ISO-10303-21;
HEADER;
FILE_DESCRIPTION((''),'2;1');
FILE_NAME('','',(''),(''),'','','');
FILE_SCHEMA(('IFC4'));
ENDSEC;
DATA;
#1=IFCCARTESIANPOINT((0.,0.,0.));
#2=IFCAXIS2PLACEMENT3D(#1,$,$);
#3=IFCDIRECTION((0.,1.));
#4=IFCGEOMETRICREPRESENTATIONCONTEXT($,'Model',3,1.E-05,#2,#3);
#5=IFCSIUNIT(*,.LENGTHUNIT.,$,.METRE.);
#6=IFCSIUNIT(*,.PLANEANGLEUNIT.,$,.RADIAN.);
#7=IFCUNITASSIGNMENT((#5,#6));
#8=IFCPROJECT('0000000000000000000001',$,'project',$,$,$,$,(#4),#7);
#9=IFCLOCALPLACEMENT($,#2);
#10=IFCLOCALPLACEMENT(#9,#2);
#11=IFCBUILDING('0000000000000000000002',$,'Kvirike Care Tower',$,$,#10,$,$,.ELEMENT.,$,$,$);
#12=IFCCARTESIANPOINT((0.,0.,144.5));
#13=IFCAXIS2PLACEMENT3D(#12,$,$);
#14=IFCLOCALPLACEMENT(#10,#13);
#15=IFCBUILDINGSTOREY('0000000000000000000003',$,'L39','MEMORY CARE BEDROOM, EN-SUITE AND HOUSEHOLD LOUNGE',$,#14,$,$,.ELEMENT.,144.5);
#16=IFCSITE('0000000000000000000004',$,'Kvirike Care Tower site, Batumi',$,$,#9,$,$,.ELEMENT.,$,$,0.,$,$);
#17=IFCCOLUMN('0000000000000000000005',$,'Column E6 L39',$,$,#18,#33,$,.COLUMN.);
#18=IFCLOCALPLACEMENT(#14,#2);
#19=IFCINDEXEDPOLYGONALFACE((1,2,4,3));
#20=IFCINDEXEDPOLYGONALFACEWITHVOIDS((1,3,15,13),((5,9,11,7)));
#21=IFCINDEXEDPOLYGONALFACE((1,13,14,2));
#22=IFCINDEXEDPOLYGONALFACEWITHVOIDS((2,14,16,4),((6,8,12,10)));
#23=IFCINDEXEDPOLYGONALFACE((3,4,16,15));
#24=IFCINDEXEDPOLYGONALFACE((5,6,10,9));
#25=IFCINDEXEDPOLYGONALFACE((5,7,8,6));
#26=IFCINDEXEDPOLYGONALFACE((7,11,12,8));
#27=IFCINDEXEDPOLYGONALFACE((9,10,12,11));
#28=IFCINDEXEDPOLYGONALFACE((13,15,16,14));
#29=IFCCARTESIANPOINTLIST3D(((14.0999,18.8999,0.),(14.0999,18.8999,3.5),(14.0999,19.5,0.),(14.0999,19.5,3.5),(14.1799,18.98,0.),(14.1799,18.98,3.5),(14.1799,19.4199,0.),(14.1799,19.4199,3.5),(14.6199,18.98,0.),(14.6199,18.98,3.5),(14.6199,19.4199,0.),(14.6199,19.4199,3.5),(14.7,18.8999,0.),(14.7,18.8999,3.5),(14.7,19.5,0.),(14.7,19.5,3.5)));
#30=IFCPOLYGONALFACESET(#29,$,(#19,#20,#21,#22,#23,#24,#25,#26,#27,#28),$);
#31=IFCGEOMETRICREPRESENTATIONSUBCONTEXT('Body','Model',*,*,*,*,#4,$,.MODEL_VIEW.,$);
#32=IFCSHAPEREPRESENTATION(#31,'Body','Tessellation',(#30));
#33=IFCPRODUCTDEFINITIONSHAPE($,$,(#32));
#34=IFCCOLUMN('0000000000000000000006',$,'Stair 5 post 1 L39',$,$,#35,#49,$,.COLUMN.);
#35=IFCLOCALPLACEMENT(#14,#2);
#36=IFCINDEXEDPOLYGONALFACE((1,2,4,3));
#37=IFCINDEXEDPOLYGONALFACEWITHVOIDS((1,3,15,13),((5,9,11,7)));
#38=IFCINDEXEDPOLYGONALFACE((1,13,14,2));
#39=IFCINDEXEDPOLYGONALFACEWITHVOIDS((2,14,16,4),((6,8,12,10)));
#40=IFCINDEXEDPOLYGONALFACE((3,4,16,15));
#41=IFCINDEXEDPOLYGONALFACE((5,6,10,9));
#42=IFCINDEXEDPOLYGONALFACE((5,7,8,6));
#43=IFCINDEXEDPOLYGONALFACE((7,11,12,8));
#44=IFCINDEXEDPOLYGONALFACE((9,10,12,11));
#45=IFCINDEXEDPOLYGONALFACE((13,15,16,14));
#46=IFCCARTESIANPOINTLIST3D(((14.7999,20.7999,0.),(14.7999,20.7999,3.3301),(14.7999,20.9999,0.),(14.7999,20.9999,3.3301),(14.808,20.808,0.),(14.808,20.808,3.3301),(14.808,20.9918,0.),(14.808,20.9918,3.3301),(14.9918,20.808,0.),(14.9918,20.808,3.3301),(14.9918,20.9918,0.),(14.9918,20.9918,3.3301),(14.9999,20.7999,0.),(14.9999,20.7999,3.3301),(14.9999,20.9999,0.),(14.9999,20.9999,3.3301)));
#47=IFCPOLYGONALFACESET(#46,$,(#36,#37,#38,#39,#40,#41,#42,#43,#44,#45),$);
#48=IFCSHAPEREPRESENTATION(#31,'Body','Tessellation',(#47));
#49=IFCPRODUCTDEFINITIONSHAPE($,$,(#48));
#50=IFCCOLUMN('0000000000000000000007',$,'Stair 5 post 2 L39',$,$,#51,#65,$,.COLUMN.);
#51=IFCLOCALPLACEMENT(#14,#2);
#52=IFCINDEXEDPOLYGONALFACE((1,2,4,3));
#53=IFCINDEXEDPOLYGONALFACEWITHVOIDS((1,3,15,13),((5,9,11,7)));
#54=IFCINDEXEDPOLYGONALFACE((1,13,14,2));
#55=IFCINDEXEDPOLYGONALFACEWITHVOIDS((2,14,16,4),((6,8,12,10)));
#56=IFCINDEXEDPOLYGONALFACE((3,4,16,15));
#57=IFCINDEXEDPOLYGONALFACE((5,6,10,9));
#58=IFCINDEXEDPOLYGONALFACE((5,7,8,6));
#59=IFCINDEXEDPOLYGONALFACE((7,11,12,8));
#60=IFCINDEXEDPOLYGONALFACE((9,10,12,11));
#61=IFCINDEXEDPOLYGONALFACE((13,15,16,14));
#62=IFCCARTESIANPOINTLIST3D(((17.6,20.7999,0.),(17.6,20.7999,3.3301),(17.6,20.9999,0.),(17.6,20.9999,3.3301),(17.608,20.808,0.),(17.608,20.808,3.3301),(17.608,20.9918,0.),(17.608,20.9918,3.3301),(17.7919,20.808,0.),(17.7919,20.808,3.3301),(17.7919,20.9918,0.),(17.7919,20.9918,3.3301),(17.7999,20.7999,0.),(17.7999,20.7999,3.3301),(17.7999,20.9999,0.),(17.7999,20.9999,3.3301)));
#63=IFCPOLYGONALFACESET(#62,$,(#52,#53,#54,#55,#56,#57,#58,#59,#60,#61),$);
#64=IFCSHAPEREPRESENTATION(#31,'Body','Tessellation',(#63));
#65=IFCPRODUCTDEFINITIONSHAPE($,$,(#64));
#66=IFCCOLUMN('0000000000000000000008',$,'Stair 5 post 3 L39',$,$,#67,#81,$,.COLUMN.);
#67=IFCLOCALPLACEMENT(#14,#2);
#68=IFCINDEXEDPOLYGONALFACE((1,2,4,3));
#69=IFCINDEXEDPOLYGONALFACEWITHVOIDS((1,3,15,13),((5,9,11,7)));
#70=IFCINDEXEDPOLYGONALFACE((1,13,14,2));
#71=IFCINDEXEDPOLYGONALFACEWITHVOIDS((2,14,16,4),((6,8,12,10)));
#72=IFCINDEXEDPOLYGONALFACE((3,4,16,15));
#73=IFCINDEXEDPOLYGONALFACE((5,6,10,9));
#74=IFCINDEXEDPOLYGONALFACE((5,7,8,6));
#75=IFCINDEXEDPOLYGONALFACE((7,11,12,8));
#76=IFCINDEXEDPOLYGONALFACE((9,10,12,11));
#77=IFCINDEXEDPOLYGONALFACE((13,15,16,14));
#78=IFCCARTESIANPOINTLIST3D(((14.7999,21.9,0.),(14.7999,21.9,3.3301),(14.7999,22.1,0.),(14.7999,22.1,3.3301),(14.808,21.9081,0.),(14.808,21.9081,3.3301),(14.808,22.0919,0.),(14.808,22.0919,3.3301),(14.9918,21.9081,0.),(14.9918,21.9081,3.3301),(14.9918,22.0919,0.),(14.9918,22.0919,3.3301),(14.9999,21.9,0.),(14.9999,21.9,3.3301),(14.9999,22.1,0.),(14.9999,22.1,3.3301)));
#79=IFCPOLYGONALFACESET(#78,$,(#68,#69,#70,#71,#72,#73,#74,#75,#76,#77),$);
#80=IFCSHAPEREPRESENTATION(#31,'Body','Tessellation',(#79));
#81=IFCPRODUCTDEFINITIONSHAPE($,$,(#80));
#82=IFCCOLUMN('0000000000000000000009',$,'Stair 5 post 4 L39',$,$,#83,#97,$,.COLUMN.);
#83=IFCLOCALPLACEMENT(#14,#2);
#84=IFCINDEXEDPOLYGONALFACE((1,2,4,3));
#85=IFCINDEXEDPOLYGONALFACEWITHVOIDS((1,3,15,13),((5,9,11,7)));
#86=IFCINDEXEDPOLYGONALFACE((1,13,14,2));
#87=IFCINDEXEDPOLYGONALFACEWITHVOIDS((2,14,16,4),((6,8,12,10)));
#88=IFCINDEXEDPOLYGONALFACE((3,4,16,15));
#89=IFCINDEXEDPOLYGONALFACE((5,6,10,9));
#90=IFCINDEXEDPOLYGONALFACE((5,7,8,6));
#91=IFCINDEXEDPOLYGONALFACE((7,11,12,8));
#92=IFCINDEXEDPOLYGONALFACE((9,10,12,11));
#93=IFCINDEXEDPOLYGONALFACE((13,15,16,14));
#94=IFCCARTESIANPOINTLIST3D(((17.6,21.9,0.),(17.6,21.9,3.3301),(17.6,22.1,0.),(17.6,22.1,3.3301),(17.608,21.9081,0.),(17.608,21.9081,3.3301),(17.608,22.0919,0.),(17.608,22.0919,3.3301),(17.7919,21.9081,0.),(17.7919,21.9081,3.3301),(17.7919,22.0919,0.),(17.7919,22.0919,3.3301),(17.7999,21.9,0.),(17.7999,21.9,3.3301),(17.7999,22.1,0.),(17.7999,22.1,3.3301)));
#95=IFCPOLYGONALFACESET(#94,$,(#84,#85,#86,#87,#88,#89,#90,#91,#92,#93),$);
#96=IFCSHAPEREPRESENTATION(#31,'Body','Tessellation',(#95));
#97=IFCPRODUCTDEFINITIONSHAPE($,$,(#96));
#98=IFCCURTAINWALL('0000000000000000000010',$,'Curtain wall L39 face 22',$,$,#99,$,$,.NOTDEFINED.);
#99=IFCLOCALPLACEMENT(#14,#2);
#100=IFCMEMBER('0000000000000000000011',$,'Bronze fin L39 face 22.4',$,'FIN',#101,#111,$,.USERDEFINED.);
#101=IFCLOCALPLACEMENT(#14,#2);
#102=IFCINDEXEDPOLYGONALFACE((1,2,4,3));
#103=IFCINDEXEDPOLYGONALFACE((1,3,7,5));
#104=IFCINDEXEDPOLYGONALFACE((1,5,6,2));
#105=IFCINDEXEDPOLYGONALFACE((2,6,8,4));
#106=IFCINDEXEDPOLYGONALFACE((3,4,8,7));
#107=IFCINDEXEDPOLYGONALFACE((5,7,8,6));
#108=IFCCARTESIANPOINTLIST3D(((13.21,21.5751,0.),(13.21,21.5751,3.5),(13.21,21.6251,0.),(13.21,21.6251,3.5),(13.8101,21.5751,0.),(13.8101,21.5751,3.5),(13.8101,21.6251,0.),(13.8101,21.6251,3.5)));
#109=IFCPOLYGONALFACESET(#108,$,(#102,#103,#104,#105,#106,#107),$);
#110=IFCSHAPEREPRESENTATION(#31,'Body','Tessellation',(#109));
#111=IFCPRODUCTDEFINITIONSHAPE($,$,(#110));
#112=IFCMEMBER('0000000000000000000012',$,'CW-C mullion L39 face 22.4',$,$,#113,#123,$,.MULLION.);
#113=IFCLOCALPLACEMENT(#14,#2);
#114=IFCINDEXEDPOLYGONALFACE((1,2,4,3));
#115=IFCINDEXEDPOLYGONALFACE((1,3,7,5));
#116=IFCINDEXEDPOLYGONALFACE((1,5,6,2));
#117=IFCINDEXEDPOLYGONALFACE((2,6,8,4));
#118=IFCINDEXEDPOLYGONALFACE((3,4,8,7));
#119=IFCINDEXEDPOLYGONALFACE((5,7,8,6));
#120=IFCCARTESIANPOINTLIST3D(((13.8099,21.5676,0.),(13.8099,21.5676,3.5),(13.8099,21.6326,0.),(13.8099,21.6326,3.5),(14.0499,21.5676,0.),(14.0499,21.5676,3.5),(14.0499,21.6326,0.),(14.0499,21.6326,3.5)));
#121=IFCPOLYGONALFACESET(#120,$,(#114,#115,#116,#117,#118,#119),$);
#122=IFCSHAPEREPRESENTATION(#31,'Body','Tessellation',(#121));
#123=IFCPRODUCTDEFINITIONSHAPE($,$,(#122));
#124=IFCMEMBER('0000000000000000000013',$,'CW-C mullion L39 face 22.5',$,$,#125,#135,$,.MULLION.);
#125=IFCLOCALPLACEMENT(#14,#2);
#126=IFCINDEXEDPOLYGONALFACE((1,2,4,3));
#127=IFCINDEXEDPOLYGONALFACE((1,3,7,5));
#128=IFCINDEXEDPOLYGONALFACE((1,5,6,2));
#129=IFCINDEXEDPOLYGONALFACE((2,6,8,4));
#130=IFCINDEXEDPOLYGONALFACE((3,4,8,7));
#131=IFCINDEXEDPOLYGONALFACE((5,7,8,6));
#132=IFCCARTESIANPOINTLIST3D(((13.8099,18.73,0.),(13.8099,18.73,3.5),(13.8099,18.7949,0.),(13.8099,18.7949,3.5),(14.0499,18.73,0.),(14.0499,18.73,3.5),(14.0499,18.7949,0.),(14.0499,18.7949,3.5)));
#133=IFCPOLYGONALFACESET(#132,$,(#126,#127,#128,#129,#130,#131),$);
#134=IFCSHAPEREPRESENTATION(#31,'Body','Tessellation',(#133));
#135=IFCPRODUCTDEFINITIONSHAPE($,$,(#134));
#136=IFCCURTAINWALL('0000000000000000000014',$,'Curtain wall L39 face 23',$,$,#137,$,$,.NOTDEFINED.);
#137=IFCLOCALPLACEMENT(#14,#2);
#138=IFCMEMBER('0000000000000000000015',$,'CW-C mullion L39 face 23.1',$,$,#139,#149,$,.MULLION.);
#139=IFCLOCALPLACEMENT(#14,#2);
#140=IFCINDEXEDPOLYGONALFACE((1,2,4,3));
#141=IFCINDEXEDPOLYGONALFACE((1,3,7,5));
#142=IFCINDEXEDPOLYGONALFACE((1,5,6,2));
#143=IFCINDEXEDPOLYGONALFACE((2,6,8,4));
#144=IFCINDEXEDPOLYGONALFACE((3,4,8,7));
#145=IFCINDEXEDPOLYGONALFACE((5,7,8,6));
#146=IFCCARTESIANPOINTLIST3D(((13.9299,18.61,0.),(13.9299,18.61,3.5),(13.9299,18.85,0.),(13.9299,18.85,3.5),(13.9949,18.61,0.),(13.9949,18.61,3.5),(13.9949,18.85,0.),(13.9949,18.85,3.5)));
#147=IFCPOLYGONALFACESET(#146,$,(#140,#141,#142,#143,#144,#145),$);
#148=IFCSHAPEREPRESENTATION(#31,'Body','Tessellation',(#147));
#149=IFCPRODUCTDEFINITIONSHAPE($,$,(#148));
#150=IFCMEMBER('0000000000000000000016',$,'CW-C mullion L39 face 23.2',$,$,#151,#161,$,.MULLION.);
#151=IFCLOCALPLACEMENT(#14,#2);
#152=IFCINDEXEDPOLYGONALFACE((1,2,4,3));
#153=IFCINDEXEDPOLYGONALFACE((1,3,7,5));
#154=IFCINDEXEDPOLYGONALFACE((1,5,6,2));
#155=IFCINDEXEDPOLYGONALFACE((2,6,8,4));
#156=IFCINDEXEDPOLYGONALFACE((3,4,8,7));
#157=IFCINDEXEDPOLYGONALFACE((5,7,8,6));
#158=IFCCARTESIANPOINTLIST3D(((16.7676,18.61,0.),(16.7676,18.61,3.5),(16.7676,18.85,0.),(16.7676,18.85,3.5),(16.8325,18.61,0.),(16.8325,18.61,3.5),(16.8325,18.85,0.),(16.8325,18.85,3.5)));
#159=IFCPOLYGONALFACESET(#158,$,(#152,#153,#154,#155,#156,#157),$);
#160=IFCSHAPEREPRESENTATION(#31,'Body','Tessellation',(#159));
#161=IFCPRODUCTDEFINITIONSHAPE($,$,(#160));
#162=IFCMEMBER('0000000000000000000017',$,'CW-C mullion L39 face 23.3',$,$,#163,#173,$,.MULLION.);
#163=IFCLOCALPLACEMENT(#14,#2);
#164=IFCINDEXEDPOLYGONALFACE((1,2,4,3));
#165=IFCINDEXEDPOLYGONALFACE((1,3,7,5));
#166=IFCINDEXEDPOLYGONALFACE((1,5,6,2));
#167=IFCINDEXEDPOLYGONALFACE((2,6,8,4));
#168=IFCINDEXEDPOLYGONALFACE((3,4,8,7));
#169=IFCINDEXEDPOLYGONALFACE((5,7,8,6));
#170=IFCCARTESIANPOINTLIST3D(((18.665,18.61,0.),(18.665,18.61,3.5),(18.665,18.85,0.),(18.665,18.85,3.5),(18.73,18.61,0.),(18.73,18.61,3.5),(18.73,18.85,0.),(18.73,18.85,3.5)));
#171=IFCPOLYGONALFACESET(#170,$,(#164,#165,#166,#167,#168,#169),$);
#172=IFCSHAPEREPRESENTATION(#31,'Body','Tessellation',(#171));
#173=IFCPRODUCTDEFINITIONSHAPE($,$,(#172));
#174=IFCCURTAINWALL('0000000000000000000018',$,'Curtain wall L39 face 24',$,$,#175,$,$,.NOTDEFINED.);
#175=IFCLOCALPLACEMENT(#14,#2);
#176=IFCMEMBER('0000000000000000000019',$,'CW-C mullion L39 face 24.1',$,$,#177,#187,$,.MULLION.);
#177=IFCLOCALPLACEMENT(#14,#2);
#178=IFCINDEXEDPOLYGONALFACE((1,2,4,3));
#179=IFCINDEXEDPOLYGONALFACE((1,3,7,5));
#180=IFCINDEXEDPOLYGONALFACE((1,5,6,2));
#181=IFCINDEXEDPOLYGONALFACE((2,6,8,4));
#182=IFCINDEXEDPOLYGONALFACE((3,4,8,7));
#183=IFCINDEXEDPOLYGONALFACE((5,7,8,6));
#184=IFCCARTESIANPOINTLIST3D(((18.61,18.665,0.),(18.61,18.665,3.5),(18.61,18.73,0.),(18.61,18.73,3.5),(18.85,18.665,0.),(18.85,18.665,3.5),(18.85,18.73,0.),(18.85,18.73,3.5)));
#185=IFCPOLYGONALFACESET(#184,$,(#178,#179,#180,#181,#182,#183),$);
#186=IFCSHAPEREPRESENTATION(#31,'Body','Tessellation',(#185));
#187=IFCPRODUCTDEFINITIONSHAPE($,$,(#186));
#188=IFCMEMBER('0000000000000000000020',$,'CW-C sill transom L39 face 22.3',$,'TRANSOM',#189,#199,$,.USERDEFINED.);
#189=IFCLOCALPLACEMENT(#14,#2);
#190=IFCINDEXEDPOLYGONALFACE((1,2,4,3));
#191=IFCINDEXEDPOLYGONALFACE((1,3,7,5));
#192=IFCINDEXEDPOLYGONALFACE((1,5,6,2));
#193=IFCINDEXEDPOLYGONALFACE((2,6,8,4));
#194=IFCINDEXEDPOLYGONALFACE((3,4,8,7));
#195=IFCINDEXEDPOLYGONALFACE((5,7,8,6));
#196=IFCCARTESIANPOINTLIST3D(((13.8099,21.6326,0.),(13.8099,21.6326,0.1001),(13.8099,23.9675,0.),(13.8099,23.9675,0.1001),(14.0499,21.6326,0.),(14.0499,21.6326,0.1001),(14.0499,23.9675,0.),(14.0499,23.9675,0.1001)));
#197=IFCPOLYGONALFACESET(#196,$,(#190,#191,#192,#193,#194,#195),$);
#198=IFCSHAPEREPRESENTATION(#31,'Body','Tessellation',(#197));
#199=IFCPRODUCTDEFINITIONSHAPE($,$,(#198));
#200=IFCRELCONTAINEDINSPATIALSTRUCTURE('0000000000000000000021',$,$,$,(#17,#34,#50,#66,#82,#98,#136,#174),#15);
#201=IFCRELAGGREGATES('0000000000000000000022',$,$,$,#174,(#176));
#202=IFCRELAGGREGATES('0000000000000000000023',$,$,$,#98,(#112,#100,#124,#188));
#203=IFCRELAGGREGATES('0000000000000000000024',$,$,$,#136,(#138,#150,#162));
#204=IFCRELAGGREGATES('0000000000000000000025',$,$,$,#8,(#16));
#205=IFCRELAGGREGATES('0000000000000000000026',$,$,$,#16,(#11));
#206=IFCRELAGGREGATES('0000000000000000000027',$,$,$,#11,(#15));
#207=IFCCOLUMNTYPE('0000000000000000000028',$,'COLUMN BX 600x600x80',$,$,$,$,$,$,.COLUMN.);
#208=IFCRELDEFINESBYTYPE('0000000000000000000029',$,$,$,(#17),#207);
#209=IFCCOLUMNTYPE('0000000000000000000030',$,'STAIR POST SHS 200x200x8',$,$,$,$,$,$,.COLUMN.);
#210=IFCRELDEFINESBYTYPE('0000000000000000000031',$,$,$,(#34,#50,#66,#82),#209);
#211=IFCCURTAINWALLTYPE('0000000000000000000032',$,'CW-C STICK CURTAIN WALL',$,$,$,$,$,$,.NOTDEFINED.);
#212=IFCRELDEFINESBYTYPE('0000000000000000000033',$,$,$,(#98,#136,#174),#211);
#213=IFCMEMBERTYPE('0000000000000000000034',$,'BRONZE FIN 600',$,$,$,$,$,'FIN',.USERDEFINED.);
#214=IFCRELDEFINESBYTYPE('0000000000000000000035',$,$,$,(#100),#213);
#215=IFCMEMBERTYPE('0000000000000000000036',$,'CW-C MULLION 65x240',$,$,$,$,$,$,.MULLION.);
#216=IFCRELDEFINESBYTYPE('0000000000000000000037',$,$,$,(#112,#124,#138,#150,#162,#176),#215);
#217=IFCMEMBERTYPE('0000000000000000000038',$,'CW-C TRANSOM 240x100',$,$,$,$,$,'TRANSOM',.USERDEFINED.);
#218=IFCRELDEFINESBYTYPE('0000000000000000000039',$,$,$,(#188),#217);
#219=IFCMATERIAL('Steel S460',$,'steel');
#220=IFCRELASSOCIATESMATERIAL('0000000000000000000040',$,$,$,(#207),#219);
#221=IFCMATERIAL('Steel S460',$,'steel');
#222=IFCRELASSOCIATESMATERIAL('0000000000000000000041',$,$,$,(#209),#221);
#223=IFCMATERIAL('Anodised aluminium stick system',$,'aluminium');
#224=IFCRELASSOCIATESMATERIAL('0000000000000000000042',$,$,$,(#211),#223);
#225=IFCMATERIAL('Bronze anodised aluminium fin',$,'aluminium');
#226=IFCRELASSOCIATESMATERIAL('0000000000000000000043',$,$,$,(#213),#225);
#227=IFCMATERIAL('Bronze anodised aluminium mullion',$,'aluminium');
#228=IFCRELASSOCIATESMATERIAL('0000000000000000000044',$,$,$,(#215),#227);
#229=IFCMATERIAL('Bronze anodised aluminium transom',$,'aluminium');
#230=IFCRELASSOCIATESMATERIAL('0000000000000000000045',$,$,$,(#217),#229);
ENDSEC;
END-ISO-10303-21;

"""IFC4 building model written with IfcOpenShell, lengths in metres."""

from ifc_helpers import new_model, si_unit, direction, frame, origin, origin_2d, place, context, subcontext, project, spatial, rectangle, hollow_rectangle, extrude, material, material_profile, profile_set, type_object, element, aggregate, save


model = new_model("IFC4")

# Units and contexts
model_context = context("Model", 3, precision=1e-05, world=origin(), true_north=direction((0.0, 1.0)))
body_context = subcontext(model_context, "Body", "Model", "MODEL_VIEW")
ifc_project = project(units=[si_unit("LENGTHUNIT", "METRE"), si_unit("PLANEANGLEUNIT", "RADIAN")], contexts=[model_context])

# Site, building, storey
site_placement = place(None, origin())
site = spatial("IfcSite", under=ifc_project, at=site_placement, Name="Kvirike Care Tower site, Batumi", CompositionType="ELEMENT", RefElevation=0.0)
building_placement = place(site_placement, origin())
building = spatial("IfcBuilding", under=site, at=building_placement, Name="Kvirike Care Tower", CompositionType="ELEMENT")
storey_placement = place(building_placement, frame((0.0, 0.0, 144.5)))
storey = spatial("IfcBuildingStorey", under=building, at=storey_placement, Name="L39", Description="MEMORY CARE BEDROOM, EN-SUITE AND HOUSEHOLD LOUNGE", CompositionType="ELEMENT", Elevation=144.5)

# Columns
ifc_material_1 = material(Name="Steel S460", Category="steel")
ifc_material_profile_1 = material_profile(ifc_material_1, hollow_rectangle(XDim=0.6001, YDim=0.6001, WallThickness=0.0801, at=origin_2d()), Name="BX 600x600x80")
ifc_profile_set_1 = profile_set([ifc_material_profile_1], Name="Steel S460")
column_type_1 = type_object("IfcColumnType", Name="COLUMN BX 600x600x80", PredefinedType="COLUMN", material=ifc_profile_set_1)
column_placement = place(storey_placement, frame((14.3999, 19.2, 0.0), z_axis=(0.0, 0.0, 1.0), x_axis=(0.0, 1.0, 0.0)))
element("IfcColumn", 1, at=column_placement, inside=storey, type_object=column_type_1, Name="Column E6 L39", PredefinedType="COLUMN", context=body_context, shape_type="SweptSolid", body=[
    extrude(hollow_rectangle(XDim=0.6001, YDim=0.6001, WallThickness=0.0801, at=origin_2d()), origin(), (0.0, 0.0, 1.0), 3.5),
])
ifc_material_2 = material(Name="Steel S460", Category="steel")
ifc_material_profile_2 = material_profile(ifc_material_2, hollow_rectangle(XDim=0.2, YDim=0.2, WallThickness=0.0081, at=origin_2d()), Name="SHS 200x200x8")
ifc_profile_set_2 = profile_set([ifc_material_profile_2], Name="Steel S460")
column_type_2 = type_object("IfcColumnType", Name="STAIR POST SHS 200x200x8", PredefinedType="COLUMN", material=ifc_profile_set_2)
for number, where, z_axis, x_axis, name in (
    (2, (14.8999, 20.8999, 0.0), (0.0, 0.0, 1.0), (1.0, 0.0, 0.0), "Stair 5 post 1 L39"),
    (3, (17.7, 20.8999, 0.0), (0.0, 0.0, 1.0), (1.0, 0.0, 0.0), "Stair 5 post 2 L39"),
    (4, (14.8999, 22.0, 0.0), (0.0, 0.0, 1.0), (1.0, 0.0, 0.0), "Stair 5 post 3 L39"),
    (5, (17.7, 22.0, 0.0), (0.0, 0.0, 1.0), (1.0, 0.0, 0.0), "Stair 5 post 4 L39"),
):
    element("IfcColumn", number, at=place(storey_placement, frame(where, z_axis=z_axis, x_axis=x_axis)), inside=storey, type_object=column_type_2, Name=name, PredefinedType="COLUMN", context=body_context, shape_type="SweptSolid", body=[
        extrude(hollow_rectangle(XDim=0.2, YDim=0.2, WallThickness=0.0081, at=origin_2d()), origin(), (0.0, 0.0, 1.0), 3.3301),
    ])

# Curtain walls, members
ifc_material_3 = material(Name="Anodised aluminium stick system", Category="aluminium")
curtain_wall_type = type_object("IfcCurtainWallType", Name="CW-C STICK CURTAIN WALL", PredefinedType="NOTDEFINED", material=ifc_material_3)
curtain_wall_1_placement = place(storey_placement, origin())
curtain_wall_1 = element("IfcCurtainWall", 6, at=curtain_wall_1_placement, inside=storey, type_object=curtain_wall_type, Name="Curtain wall L39 face 22", PredefinedType="NOTDEFINED")
ifc_material_4 = material(Name="Bronze anodised aluminium fin", Category="aluminium")
ifc_material_profile_3 = material_profile(ifc_material_4, rectangle(XDim=0.05, YDim=0.6001, at=origin_2d()), Name="BRONZE FIN 600")
ifc_profile_set_3 = profile_set([ifc_material_profile_3], Name="Bronze anodised aluminium fin")
member_type_1 = type_object("IfcMemberType", Name="BRONZE FIN 600", ElementType="FIN", PredefinedType="USERDEFINED", material=ifc_profile_set_3)
member_1_placement = place(storey_placement, frame((13.51, 21.6001, 0.0), z_axis=(0.0, 0.0, 1.0), x_axis=(0.0, -1.0, 0.0)))
member_1 = element("IfcMember", 7, at=member_1_placement, type_object=member_type_1, Name="Bronze fin L39 face 22.4", ObjectType="FIN", PredefinedType="USERDEFINED", context=body_context, shape_type="SweptSolid", body=[
    extrude(rectangle(XDim=0.05, YDim=0.6001, at=origin_2d()), origin(), (0.0, 0.0, 1.0), 3.5),
])
ifc_material_5 = material(Name="Bronze anodised aluminium mullion", Category="aluminium")
ifc_material_profile_4 = material_profile(ifc_material_5, rectangle(XDim=0.0649, YDim=0.24, at=origin_2d()), Name="CW-C MULLION 65x240")
ifc_profile_set_4 = profile_set([ifc_material_profile_4], Name="Bronze anodised aluminium mullion")
member_type_2 = type_object("IfcMemberType", Name="CW-C MULLION 65x240", PredefinedType="MULLION", material=ifc_profile_set_4)
member_2_placement = place(storey_placement, frame((13.9299, 21.6001, 0.0), z_axis=(0.0, 0.0, 1.0), x_axis=(0.0, -1.0, 0.0)))
member_2 = element("IfcMember", 8, at=member_2_placement, type_object=member_type_2, Name="CW-C mullion L39 face 22.4", PredefinedType="MULLION", context=body_context, shape_type="SweptSolid", body=[
    extrude(rectangle(XDim=0.0649, YDim=0.24, at=origin_2d()), origin(), (0.0, 0.0, 1.0), 3.5),
])
member_3_placement = place(storey_placement, frame((13.9299, 18.7625, 0.0), z_axis=(0.0, 0.0, 1.0), x_axis=(0.0, -1.0, 0.0)))
member_3 = element("IfcMember", 9, at=member_3_placement, type_object=member_type_2, Name="CW-C mullion L39 face 22.5", PredefinedType="MULLION", context=body_context, shape_type="SweptSolid", body=[
    extrude(rectangle(XDim=0.0649, YDim=0.24, at=origin_2d()), origin(), (0.0, 0.0, 1.0), 3.5),
])
curtain_wall_2_placement = place(storey_placement, origin())
curtain_wall_2 = element("IfcCurtainWall", 10, at=curtain_wall_2_placement, inside=storey, type_object=curtain_wall_type, Name="Curtain wall L39 face 23", PredefinedType="NOTDEFINED")
member_4_placement = place(storey_placement, frame((13.9624, 18.73, 0.0), z_axis=(0.0, 0.0, 1.0), x_axis=(1.0, 0.0, 0.0)))
member_4 = element("IfcMember", 11, at=member_4_placement, type_object=member_type_2, Name="CW-C mullion L39 face 23.1", PredefinedType="MULLION", context=body_context, shape_type="SweptSolid", body=[
    extrude(rectangle(XDim=0.0649, YDim=0.24, at=origin_2d()), origin(), (0.0, 0.0, 1.0), 3.5),
])
member_5_placement = place(storey_placement, frame((16.8, 18.73, 0.0), z_axis=(0.0, 0.0, 1.0), x_axis=(1.0, 0.0, 0.0)))
member_5 = element("IfcMember", 12, at=member_5_placement, type_object=member_type_2, Name="CW-C mullion L39 face 23.2", PredefinedType="MULLION", context=body_context, shape_type="SweptSolid", body=[
    extrude(rectangle(XDim=0.0649, YDim=0.24, at=origin_2d()), origin(), (0.0, 0.0, 1.0), 3.5),
])
member_6_placement = place(storey_placement, frame((18.6975, 18.73, 0.0), z_axis=(0.0, 0.0, 1.0), x_axis=(1.0, 0.0, 0.0)))
member_6 = element("IfcMember", 13, at=member_6_placement, type_object=member_type_2, Name="CW-C mullion L39 face 23.3", PredefinedType="MULLION", context=body_context, shape_type="SweptSolid", body=[
    extrude(rectangle(XDim=0.0649, YDim=0.24, at=origin_2d()), origin(), (0.0, 0.0, 1.0), 3.5),
])

# Curtain wall, member
curtain_wall_3_placement = place(storey_placement, origin())
curtain_wall_3 = element("IfcCurtainWall", 14, at=curtain_wall_3_placement, inside=storey, type_object=curtain_wall_type, Name="Curtain wall L39 face 24", PredefinedType="NOTDEFINED")
member_7_placement = place(storey_placement, frame((18.73, 18.6975, 0.0), z_axis=(0.0, 0.0, 1.0), x_axis=(0.0, -1.0, 0.0)))
member_7 = element("IfcMember", 15, at=member_7_placement, type_object=member_type_2, Name="CW-C mullion L39 face 24.1", PredefinedType="MULLION", context=body_context, shape_type="SweptSolid", body=[
    extrude(rectangle(XDim=0.0649, YDim=0.24, at=origin_2d()), origin(), (0.0, 0.0, 1.0), 3.5),
])
aggregate(curtain_wall_3, [member_7])

# Member
ifc_material_6 = material(Name="Bronze anodised aluminium transom", Category="aluminium")
ifc_material_profile_5 = material_profile(ifc_material_6, rectangle(XDim=0.24, YDim=0.1001, at=origin_2d()), Name="CW-C TRANSOM 240x100")
ifc_profile_set_5 = profile_set([ifc_material_profile_5], Name="Bronze anodised aluminium transom")
member_type_3 = type_object("IfcMemberType", Name="CW-C TRANSOM 240x100", ElementType="TRANSOM", PredefinedType="USERDEFINED", material=ifc_profile_set_5)
member_8_placement = place(storey_placement, frame((13.9299, 23.9675, 0.05), z_axis=(0.0, -1.0, 0.0), x_axis=(1.0, 0.0, 0.0)))
member_8 = element("IfcMember", 16, at=member_8_placement, type_object=member_type_3, Name="CW-C sill transom L39 face 22.3", ObjectType="TRANSOM", PredefinedType="USERDEFINED", context=body_context, shape_type="SweptSolid", body=[
    extrude(rectangle(XDim=0.24, YDim=0.1001, at=origin_2d()), origin(), (0.0, 0.0, 1.0), 2.335),
])

aggregate(curtain_wall_1, [member_2, member_1, member_3, member_8])
aggregate(curtain_wall_2, [member_4, member_5, member_6])

save(model, "model.ifc")
